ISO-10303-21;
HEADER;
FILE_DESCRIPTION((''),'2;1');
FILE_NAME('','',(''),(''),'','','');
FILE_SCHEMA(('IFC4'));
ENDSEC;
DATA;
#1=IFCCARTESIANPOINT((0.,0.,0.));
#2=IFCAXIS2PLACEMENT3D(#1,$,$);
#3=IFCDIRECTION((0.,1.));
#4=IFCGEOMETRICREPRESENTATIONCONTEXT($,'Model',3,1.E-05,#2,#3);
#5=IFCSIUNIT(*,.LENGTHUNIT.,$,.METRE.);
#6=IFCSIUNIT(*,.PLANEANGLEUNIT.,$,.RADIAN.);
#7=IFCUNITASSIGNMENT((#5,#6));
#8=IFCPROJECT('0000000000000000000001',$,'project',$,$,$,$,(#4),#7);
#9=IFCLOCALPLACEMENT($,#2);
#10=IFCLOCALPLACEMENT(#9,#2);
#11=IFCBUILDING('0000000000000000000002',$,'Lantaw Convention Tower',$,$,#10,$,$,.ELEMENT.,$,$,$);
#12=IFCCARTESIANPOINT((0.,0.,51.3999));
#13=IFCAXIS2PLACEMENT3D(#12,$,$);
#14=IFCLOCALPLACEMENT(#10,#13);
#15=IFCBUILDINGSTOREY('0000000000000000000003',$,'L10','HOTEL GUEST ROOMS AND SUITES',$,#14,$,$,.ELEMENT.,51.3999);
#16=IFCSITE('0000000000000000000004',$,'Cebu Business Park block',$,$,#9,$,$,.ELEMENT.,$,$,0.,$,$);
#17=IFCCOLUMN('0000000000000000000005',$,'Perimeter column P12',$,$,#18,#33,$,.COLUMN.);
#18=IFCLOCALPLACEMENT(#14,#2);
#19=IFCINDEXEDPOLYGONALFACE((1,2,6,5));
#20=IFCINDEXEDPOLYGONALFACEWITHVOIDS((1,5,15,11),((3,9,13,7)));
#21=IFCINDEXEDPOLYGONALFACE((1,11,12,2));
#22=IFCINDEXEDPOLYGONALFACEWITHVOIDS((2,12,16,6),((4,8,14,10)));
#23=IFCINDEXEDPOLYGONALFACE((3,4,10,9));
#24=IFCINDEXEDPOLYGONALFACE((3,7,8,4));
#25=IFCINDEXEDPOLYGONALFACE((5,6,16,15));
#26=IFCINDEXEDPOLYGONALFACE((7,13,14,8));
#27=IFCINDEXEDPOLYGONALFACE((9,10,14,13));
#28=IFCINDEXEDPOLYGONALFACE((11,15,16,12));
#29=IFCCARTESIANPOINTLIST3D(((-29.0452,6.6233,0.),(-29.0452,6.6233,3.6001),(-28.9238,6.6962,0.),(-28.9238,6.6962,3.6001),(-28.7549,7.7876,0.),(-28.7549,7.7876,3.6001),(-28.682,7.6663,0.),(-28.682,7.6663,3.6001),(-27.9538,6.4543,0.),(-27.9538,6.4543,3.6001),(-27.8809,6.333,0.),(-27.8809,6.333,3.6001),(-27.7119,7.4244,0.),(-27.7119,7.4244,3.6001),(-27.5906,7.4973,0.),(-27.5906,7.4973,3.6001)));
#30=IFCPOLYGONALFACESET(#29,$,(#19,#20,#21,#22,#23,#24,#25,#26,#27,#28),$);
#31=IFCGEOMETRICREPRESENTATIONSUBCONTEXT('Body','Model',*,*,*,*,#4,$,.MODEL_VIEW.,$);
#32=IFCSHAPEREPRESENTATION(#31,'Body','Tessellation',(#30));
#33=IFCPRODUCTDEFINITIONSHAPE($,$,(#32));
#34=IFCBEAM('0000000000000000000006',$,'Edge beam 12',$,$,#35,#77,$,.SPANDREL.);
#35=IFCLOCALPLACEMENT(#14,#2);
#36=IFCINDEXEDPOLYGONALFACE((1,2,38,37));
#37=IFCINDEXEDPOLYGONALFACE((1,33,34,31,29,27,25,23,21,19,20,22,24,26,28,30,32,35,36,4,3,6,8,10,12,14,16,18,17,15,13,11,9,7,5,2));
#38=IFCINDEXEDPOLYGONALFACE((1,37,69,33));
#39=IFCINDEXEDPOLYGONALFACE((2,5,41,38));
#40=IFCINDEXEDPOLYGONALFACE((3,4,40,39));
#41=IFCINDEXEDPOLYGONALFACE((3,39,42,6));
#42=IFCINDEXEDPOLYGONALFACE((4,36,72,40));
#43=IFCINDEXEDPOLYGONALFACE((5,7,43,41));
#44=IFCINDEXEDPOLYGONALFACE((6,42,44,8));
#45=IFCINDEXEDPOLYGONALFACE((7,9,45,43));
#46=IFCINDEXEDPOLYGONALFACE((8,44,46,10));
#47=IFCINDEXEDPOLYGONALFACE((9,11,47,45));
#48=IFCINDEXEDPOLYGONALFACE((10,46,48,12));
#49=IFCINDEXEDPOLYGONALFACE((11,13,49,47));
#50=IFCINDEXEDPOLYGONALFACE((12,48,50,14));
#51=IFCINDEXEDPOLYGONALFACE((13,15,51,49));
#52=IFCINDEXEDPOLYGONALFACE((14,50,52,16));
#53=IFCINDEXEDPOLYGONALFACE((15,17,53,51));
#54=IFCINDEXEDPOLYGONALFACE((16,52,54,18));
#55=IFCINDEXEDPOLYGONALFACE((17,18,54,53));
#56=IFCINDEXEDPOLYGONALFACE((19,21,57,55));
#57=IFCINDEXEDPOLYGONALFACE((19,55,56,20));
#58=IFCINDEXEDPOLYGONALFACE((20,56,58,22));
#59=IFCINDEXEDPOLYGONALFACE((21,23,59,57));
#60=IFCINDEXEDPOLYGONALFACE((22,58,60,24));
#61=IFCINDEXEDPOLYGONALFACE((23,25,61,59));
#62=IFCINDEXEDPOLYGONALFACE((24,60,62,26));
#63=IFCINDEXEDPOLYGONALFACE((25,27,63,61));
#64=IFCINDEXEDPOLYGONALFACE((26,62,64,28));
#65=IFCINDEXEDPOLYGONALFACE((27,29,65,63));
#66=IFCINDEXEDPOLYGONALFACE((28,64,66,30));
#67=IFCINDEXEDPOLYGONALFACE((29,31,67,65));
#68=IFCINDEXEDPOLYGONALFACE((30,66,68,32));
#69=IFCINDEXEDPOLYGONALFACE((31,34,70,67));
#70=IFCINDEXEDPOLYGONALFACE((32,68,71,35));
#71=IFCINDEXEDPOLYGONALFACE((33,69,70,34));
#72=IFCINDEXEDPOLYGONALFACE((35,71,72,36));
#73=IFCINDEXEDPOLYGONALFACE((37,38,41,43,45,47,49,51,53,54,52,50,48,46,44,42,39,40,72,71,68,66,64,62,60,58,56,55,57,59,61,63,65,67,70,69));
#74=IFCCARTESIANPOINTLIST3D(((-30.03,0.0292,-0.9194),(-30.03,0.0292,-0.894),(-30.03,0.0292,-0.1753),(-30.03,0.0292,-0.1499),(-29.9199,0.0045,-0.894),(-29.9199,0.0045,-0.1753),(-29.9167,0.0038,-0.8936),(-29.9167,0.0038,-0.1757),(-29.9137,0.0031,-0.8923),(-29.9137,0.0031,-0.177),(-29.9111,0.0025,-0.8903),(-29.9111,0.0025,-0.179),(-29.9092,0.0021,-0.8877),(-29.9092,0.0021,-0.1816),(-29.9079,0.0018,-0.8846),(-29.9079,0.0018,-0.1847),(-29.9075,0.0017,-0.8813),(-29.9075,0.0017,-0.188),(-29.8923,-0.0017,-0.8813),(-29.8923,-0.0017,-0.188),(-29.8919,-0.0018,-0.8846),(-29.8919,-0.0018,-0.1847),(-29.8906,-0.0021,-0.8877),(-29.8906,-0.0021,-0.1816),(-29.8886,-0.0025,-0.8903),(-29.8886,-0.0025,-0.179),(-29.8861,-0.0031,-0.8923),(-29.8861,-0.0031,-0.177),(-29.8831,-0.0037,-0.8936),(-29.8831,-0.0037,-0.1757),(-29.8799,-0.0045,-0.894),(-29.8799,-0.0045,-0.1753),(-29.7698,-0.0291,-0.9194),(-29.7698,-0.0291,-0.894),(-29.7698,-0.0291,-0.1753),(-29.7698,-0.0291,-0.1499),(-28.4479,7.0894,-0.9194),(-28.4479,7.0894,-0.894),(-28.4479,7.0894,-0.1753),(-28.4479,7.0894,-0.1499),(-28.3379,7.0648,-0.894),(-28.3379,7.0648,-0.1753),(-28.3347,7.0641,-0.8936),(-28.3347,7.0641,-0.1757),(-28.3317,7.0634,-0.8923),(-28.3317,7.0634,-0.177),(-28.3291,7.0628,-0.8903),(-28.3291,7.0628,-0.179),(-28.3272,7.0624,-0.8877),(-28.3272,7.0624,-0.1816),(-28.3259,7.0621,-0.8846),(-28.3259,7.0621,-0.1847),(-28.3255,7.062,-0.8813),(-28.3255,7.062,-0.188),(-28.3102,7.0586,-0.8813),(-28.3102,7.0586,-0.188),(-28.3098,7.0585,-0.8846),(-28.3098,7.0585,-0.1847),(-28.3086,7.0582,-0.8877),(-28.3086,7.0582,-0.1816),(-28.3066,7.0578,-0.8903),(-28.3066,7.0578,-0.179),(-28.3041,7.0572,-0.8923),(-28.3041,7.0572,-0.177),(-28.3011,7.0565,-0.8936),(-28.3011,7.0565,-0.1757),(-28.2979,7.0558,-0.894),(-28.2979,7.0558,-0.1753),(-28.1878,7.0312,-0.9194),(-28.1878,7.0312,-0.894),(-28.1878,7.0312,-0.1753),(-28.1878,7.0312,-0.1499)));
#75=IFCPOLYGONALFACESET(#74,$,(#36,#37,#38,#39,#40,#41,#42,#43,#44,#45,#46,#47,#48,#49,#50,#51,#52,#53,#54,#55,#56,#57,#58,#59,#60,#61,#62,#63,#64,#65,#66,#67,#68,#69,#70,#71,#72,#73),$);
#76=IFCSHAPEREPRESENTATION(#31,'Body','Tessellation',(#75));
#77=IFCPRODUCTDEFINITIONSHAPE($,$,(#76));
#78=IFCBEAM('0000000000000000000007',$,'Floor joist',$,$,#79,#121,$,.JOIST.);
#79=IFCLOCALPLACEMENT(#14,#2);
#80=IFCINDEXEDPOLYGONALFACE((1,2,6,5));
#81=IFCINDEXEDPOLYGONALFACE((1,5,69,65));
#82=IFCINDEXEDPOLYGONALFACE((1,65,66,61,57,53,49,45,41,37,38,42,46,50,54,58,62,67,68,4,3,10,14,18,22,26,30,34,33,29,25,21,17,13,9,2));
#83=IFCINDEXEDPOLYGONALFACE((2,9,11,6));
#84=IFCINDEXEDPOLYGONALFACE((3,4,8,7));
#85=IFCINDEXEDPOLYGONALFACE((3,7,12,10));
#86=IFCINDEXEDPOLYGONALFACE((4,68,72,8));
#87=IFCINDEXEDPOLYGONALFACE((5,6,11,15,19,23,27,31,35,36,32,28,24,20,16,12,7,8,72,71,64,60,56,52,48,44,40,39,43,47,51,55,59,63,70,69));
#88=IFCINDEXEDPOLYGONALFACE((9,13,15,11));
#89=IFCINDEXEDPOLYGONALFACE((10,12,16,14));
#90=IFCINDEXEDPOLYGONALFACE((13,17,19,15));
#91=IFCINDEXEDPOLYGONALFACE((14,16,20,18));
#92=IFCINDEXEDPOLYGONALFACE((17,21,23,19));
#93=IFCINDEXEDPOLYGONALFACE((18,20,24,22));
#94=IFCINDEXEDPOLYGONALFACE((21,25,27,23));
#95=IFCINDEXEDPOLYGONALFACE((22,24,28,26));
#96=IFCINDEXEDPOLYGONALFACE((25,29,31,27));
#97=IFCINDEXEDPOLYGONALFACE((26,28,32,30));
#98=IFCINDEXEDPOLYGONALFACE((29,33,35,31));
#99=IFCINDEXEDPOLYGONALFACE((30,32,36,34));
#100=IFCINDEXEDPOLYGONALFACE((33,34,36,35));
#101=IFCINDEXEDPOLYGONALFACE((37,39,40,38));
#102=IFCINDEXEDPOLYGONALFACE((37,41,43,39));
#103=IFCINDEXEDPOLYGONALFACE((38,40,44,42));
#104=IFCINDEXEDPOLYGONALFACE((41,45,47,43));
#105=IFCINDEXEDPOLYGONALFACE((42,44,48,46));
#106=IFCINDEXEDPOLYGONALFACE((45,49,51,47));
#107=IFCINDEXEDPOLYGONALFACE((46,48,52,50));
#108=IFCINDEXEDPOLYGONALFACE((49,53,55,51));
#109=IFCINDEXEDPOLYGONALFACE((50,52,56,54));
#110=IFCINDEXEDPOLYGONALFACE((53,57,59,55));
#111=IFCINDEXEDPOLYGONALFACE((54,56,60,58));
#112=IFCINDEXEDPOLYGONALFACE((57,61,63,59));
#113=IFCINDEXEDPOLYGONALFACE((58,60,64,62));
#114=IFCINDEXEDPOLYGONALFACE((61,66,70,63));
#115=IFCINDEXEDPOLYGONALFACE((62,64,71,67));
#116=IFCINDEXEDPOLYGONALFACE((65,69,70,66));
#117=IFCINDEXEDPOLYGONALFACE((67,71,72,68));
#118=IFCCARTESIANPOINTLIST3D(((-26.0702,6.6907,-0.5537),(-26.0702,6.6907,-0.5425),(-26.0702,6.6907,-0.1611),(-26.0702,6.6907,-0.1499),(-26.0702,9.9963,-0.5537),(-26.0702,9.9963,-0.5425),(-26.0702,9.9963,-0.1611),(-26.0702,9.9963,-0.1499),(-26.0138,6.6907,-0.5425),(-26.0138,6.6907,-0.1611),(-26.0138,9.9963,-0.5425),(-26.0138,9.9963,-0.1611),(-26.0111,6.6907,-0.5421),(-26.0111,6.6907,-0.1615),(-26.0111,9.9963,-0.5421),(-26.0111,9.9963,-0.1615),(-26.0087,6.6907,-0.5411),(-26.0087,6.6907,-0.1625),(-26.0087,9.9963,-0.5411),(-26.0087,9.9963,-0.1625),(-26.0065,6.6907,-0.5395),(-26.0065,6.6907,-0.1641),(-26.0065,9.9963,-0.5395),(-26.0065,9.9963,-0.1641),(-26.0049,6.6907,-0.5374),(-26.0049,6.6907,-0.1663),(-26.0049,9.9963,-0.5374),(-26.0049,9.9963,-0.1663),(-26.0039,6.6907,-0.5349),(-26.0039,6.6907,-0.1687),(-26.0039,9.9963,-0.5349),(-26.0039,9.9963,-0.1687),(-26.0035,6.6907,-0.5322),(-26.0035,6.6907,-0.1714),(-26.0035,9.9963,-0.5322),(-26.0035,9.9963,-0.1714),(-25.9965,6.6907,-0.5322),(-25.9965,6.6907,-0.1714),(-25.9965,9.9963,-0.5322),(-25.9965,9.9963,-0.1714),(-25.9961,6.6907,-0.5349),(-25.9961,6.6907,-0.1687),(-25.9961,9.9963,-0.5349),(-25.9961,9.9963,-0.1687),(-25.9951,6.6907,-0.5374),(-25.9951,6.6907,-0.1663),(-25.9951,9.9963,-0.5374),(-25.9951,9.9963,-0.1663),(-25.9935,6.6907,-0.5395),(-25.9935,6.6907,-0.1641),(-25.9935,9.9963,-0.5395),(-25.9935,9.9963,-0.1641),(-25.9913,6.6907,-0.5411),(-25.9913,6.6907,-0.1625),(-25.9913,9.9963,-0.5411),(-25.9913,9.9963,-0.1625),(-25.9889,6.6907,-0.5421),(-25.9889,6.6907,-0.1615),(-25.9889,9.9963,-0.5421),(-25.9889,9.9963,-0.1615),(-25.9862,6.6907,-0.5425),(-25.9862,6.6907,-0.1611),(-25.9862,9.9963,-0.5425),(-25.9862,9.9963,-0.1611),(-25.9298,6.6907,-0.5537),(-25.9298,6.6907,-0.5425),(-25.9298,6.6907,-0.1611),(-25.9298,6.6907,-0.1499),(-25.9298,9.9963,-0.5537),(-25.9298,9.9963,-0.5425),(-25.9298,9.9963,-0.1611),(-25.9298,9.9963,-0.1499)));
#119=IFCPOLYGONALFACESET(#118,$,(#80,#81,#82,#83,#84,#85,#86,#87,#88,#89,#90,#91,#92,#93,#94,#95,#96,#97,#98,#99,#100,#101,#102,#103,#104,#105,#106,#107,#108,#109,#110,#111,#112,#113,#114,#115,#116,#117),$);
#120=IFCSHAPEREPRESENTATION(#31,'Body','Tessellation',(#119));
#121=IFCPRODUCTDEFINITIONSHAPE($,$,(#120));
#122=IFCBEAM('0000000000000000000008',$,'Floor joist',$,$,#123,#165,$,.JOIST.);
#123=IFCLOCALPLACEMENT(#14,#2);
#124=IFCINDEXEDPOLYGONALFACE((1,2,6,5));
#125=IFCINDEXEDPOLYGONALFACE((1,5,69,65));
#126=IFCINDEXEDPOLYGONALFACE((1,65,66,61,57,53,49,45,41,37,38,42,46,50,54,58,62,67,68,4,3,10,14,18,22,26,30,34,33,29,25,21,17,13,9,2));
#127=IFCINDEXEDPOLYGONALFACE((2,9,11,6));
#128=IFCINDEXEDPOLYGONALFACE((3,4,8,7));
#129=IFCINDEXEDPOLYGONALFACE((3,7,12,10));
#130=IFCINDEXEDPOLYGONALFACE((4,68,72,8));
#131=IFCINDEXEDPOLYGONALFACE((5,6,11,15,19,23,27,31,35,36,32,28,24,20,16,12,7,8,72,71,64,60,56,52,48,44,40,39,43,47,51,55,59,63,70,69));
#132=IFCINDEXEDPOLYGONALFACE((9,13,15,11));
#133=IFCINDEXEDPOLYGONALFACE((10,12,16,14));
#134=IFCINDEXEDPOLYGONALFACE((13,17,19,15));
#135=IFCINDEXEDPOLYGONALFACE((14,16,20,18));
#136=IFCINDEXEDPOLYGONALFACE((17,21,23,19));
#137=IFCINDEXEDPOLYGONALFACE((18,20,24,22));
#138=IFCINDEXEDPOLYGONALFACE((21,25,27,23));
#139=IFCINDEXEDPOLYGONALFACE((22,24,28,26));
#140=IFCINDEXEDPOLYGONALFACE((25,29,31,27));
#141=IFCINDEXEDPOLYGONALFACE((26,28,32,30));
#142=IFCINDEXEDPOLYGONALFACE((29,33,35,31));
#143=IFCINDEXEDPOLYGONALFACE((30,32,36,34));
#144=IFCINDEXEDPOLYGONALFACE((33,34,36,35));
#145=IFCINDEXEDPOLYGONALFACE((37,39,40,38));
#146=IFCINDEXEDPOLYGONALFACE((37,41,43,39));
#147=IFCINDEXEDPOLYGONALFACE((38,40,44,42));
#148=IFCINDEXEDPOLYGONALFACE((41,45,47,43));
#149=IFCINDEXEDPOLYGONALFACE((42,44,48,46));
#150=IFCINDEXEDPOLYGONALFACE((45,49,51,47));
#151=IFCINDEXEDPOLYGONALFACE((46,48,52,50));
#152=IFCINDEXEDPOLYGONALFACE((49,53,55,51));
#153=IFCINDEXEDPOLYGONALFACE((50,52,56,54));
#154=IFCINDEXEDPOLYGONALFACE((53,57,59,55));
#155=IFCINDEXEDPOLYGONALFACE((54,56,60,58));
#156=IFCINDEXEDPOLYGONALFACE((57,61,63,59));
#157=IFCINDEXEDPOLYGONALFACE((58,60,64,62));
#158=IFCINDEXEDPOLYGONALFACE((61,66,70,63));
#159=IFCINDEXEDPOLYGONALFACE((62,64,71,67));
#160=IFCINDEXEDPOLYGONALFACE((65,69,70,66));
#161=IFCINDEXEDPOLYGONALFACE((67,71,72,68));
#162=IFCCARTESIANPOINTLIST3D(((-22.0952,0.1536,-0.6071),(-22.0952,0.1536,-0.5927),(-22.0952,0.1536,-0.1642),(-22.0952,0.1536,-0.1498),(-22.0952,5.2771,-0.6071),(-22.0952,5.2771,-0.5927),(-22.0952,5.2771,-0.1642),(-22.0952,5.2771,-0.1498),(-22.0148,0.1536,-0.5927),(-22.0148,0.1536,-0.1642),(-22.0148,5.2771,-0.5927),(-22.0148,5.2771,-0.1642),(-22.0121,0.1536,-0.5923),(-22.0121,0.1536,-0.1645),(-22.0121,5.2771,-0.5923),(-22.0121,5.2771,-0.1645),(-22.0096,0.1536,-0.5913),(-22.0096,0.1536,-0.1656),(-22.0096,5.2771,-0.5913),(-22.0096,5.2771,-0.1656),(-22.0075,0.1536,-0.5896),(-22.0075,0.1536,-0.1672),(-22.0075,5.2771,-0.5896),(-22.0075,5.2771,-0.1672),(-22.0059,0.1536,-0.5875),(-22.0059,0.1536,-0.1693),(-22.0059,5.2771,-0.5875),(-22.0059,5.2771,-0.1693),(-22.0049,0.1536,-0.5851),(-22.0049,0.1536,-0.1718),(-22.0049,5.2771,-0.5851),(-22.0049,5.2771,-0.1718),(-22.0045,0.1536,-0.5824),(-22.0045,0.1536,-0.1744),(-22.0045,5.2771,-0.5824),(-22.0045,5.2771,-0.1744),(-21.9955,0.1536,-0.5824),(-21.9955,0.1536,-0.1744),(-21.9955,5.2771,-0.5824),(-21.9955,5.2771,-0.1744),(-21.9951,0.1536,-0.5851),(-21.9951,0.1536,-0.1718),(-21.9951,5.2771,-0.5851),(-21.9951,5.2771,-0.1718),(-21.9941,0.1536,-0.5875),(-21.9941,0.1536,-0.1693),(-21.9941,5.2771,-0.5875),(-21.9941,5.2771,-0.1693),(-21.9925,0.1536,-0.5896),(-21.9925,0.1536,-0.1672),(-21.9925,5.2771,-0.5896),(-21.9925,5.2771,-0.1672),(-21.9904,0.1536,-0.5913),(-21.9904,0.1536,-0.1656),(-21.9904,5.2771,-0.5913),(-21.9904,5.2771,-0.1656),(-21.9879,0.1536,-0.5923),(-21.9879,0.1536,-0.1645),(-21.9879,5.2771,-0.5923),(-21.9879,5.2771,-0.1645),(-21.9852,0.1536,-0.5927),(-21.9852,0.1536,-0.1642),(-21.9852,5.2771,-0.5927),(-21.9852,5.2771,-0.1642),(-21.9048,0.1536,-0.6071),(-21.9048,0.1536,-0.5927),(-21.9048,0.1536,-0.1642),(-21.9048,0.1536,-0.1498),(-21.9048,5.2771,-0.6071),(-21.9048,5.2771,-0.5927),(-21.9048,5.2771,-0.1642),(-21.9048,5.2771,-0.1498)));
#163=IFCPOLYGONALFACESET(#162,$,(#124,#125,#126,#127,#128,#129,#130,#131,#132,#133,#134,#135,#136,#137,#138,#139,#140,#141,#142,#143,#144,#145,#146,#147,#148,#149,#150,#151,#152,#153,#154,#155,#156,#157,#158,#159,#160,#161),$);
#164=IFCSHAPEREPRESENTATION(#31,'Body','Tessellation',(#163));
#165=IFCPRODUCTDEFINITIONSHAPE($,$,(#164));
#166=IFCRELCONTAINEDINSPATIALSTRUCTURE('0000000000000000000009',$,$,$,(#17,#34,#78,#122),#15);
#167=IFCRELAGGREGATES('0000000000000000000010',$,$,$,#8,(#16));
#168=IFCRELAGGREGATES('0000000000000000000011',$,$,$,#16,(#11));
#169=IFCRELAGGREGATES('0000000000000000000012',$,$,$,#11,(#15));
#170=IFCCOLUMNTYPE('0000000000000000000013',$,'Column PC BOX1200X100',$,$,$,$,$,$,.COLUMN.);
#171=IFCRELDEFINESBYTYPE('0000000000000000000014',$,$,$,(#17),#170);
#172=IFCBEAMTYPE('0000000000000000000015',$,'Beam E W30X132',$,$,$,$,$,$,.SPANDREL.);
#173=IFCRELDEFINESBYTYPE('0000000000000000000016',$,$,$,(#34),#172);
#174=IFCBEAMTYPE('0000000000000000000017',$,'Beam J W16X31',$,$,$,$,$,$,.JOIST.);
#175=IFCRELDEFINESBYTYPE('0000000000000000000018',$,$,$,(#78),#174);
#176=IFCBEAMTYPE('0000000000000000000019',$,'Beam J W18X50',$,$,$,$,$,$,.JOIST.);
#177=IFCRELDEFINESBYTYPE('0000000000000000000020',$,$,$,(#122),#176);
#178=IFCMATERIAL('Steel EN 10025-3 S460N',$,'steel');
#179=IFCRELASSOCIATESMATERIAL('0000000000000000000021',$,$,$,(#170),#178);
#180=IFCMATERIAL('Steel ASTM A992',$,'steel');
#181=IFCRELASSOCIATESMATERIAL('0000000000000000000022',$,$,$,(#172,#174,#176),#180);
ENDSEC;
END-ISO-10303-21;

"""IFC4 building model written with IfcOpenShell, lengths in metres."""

from ifc_helpers import new_model, si_unit, direction, frame, origin, origin_2d, place, context, subcontext, project, spatial, rectangle, hollow_rectangle, i_section, extrude, material, material_profile, profile_set, type_object, element, save


model = new_model("IFC4")

# Units and contexts
model_context = context("Model", 3, precision=1e-05, world=origin(), true_north=direction((0.0, 1.0)))
body_context = subcontext(model_context, "Body", "Model", "MODEL_VIEW")
ifc_project = project(units=[si_unit("LENGTHUNIT", "METRE"), si_unit("PLANEANGLEUNIT", "RADIAN")], contexts=[model_context])

# Site, building, storey
site_placement = place(None, origin())
site = spatial("IfcSite", under=ifc_project, at=site_placement, Name="Cebu Business Park block", CompositionType="ELEMENT", RefElevation=0.0)
building_placement = place(site_placement, origin())
building = spatial("IfcBuilding", under=site, at=building_placement, Name="Lantaw Convention Tower", CompositionType="ELEMENT")
storey_placement = place(building_placement, frame((0.0, 0.0, 51.3999)))
storey = spatial("IfcBuildingStorey", under=building, at=storey_placement, Name="L10", Description="HOTEL GUEST ROOMS AND SUITES", CompositionType="ELEMENT", Elevation=51.3999)

# Column
ifc_material_1 = material(Name="Steel EN 10025-3 S460N", Category="steel")
ifc_material_profile_1 = material_profile(ifc_material_1, hollow_rectangle(XDim=1.2, YDim=1.2, WallThickness=0.1001, at=origin_2d()), Name="BOX1200X100")
ifc_material_2 = material(Name="Concrete C60/75", Category="concrete")
ifc_material_profile_2 = material_profile(ifc_material_2, rectangle(XDim=1.0, YDim=1.0, at=origin_2d()), Name="Concrete fill of BOX1200X100")
ifc_profile_set_1 = profile_set([ifc_material_profile_1, ifc_material_profile_2], Name="Steel EN 10025-3 S460N")
column_type = type_object("IfcColumnType", Name="Column PC BOX1200X100", PredefinedType="COLUMN", material=ifc_profile_set_1)
column_placement = place(storey_placement, frame((-28.3179, 7.0603, 0.0), z_axis=(0.0, 0.0, 1.0), x_axis=(0.241922, 0.970296, 0.0)))
element("IfcColumn", 1, at=column_placement, inside=storey, type_object=column_type, Name="Perimeter column P12", PredefinedType="COLUMN", context=body_context, shape_type="SweptSolid", body=[
    extrude(hollow_rectangle(XDim=1.2, YDim=1.2, WallThickness=0.1001, at=origin_2d()), origin(), (0.0, 0.0, 1.0), 3.6001),
])

# Beams
ifc_material_3 = material(Name="Steel ASTM A992", Category="steel")
ifc_material_profile_3 = material_profile(ifc_material_3, i_section(OverallWidth=0.2666, OverallDepth=0.7695, WebThickness=0.0156, FlangeThickness=0.0254, FilletRadius=0.0127, at=origin_2d()), Name="W30X132")
ifc_profile_set_2 = profile_set([ifc_material_profile_3], Name="Steel ASTM A992")
beam_type_1 = type_object("IfcBeamType", Name="Beam E W30X132", PredefinedType="SPANDREL", material=ifc_profile_set_2)
beam_1_placement = place(storey_placement, frame((-28.3179, 7.0603, -0.5347), z_axis=(-0.218652, -0.975803, 0.0), x_axis=(0.975803, -0.218652, 0.0)))
element("IfcBeam", 2, at=beam_1_placement, inside=storey, type_object=beam_type_1, Name="Edge beam 12", PredefinedType="SPANDREL", context=body_context, shape_type="SweptSolid", body=[
    extrude(i_section(OverallWidth=0.2666, OverallDepth=0.7695, WebThickness=0.0156, FlangeThickness=0.0254, FilletRadius=0.0127, at=origin_2d()), origin(), (0.0, 0.0, 1.0), 7.2354),
])
ifc_material_profile_4 = material_profile(ifc_material_3, i_section(OverallWidth=0.1404, OverallDepth=0.4038, WebThickness=0.0071, FlangeThickness=0.0112, FilletRadius=0.0103, at=origin_2d()), Name="W16X31")
ifc_profile_set_3 = profile_set([ifc_material_profile_4], Name="Steel ASTM A992")
beam_type_2 = type_object("IfcBeamType", Name="Beam J W16X31", PredefinedType="JOIST", material=ifc_profile_set_3)
beam_2_placement = place(storey_placement, frame((-26.0, 6.6907, -0.3518), z_axis=(0.0, 1.0, 0.0), x_axis=(-1.0, 0.0, 0.0)))
element("IfcBeam", 3, at=beam_2_placement, inside=storey, type_object=beam_type_2, Name="Floor joist", PredefinedType="JOIST", context=body_context, shape_type="SweptSolid", body=[
    extrude(i_section(OverallWidth=0.1404, OverallDepth=0.4038, WebThickness=0.0071, FlangeThickness=0.0112, FilletRadius=0.0103, at=origin_2d()), origin(), (0.0, 0.0, 1.0), 3.3057),
])
ifc_material_profile_5 = material_profile(ifc_material_3, i_section(OverallWidth=0.1904, OverallDepth=0.4573, WebThickness=0.009, FlangeThickness=0.0144, FilletRadius=0.0103, at=origin_2d()), Name="W18X50")
ifc_profile_set_4 = profile_set([ifc_material_profile_5], Name="Steel ASTM A992")
beam_type_3 = type_object("IfcBeamType", Name="Beam J W18X50", PredefinedType="JOIST", material=ifc_profile_set_4)
beam_3_placement = place(storey_placement, frame((-22.0, 0.1536, -0.3784), z_axis=(0.0, 1.0, 0.0), x_axis=(-1.0, 0.0, 0.0)))
element("IfcBeam", 4, at=beam_3_placement, inside=storey, type_object=beam_type_3, Name="Floor joist", PredefinedType="JOIST", context=body_context, shape_type="SweptSolid", body=[
    extrude(i_section(OverallWidth=0.1904, OverallDepth=0.4573, WebThickness=0.009, FlangeThickness=0.0144, FilletRadius=0.0103, at=origin_2d()), origin(), (0.0, 0.0, 1.0), 5.1235),
])

save(model, "model.ifc")
